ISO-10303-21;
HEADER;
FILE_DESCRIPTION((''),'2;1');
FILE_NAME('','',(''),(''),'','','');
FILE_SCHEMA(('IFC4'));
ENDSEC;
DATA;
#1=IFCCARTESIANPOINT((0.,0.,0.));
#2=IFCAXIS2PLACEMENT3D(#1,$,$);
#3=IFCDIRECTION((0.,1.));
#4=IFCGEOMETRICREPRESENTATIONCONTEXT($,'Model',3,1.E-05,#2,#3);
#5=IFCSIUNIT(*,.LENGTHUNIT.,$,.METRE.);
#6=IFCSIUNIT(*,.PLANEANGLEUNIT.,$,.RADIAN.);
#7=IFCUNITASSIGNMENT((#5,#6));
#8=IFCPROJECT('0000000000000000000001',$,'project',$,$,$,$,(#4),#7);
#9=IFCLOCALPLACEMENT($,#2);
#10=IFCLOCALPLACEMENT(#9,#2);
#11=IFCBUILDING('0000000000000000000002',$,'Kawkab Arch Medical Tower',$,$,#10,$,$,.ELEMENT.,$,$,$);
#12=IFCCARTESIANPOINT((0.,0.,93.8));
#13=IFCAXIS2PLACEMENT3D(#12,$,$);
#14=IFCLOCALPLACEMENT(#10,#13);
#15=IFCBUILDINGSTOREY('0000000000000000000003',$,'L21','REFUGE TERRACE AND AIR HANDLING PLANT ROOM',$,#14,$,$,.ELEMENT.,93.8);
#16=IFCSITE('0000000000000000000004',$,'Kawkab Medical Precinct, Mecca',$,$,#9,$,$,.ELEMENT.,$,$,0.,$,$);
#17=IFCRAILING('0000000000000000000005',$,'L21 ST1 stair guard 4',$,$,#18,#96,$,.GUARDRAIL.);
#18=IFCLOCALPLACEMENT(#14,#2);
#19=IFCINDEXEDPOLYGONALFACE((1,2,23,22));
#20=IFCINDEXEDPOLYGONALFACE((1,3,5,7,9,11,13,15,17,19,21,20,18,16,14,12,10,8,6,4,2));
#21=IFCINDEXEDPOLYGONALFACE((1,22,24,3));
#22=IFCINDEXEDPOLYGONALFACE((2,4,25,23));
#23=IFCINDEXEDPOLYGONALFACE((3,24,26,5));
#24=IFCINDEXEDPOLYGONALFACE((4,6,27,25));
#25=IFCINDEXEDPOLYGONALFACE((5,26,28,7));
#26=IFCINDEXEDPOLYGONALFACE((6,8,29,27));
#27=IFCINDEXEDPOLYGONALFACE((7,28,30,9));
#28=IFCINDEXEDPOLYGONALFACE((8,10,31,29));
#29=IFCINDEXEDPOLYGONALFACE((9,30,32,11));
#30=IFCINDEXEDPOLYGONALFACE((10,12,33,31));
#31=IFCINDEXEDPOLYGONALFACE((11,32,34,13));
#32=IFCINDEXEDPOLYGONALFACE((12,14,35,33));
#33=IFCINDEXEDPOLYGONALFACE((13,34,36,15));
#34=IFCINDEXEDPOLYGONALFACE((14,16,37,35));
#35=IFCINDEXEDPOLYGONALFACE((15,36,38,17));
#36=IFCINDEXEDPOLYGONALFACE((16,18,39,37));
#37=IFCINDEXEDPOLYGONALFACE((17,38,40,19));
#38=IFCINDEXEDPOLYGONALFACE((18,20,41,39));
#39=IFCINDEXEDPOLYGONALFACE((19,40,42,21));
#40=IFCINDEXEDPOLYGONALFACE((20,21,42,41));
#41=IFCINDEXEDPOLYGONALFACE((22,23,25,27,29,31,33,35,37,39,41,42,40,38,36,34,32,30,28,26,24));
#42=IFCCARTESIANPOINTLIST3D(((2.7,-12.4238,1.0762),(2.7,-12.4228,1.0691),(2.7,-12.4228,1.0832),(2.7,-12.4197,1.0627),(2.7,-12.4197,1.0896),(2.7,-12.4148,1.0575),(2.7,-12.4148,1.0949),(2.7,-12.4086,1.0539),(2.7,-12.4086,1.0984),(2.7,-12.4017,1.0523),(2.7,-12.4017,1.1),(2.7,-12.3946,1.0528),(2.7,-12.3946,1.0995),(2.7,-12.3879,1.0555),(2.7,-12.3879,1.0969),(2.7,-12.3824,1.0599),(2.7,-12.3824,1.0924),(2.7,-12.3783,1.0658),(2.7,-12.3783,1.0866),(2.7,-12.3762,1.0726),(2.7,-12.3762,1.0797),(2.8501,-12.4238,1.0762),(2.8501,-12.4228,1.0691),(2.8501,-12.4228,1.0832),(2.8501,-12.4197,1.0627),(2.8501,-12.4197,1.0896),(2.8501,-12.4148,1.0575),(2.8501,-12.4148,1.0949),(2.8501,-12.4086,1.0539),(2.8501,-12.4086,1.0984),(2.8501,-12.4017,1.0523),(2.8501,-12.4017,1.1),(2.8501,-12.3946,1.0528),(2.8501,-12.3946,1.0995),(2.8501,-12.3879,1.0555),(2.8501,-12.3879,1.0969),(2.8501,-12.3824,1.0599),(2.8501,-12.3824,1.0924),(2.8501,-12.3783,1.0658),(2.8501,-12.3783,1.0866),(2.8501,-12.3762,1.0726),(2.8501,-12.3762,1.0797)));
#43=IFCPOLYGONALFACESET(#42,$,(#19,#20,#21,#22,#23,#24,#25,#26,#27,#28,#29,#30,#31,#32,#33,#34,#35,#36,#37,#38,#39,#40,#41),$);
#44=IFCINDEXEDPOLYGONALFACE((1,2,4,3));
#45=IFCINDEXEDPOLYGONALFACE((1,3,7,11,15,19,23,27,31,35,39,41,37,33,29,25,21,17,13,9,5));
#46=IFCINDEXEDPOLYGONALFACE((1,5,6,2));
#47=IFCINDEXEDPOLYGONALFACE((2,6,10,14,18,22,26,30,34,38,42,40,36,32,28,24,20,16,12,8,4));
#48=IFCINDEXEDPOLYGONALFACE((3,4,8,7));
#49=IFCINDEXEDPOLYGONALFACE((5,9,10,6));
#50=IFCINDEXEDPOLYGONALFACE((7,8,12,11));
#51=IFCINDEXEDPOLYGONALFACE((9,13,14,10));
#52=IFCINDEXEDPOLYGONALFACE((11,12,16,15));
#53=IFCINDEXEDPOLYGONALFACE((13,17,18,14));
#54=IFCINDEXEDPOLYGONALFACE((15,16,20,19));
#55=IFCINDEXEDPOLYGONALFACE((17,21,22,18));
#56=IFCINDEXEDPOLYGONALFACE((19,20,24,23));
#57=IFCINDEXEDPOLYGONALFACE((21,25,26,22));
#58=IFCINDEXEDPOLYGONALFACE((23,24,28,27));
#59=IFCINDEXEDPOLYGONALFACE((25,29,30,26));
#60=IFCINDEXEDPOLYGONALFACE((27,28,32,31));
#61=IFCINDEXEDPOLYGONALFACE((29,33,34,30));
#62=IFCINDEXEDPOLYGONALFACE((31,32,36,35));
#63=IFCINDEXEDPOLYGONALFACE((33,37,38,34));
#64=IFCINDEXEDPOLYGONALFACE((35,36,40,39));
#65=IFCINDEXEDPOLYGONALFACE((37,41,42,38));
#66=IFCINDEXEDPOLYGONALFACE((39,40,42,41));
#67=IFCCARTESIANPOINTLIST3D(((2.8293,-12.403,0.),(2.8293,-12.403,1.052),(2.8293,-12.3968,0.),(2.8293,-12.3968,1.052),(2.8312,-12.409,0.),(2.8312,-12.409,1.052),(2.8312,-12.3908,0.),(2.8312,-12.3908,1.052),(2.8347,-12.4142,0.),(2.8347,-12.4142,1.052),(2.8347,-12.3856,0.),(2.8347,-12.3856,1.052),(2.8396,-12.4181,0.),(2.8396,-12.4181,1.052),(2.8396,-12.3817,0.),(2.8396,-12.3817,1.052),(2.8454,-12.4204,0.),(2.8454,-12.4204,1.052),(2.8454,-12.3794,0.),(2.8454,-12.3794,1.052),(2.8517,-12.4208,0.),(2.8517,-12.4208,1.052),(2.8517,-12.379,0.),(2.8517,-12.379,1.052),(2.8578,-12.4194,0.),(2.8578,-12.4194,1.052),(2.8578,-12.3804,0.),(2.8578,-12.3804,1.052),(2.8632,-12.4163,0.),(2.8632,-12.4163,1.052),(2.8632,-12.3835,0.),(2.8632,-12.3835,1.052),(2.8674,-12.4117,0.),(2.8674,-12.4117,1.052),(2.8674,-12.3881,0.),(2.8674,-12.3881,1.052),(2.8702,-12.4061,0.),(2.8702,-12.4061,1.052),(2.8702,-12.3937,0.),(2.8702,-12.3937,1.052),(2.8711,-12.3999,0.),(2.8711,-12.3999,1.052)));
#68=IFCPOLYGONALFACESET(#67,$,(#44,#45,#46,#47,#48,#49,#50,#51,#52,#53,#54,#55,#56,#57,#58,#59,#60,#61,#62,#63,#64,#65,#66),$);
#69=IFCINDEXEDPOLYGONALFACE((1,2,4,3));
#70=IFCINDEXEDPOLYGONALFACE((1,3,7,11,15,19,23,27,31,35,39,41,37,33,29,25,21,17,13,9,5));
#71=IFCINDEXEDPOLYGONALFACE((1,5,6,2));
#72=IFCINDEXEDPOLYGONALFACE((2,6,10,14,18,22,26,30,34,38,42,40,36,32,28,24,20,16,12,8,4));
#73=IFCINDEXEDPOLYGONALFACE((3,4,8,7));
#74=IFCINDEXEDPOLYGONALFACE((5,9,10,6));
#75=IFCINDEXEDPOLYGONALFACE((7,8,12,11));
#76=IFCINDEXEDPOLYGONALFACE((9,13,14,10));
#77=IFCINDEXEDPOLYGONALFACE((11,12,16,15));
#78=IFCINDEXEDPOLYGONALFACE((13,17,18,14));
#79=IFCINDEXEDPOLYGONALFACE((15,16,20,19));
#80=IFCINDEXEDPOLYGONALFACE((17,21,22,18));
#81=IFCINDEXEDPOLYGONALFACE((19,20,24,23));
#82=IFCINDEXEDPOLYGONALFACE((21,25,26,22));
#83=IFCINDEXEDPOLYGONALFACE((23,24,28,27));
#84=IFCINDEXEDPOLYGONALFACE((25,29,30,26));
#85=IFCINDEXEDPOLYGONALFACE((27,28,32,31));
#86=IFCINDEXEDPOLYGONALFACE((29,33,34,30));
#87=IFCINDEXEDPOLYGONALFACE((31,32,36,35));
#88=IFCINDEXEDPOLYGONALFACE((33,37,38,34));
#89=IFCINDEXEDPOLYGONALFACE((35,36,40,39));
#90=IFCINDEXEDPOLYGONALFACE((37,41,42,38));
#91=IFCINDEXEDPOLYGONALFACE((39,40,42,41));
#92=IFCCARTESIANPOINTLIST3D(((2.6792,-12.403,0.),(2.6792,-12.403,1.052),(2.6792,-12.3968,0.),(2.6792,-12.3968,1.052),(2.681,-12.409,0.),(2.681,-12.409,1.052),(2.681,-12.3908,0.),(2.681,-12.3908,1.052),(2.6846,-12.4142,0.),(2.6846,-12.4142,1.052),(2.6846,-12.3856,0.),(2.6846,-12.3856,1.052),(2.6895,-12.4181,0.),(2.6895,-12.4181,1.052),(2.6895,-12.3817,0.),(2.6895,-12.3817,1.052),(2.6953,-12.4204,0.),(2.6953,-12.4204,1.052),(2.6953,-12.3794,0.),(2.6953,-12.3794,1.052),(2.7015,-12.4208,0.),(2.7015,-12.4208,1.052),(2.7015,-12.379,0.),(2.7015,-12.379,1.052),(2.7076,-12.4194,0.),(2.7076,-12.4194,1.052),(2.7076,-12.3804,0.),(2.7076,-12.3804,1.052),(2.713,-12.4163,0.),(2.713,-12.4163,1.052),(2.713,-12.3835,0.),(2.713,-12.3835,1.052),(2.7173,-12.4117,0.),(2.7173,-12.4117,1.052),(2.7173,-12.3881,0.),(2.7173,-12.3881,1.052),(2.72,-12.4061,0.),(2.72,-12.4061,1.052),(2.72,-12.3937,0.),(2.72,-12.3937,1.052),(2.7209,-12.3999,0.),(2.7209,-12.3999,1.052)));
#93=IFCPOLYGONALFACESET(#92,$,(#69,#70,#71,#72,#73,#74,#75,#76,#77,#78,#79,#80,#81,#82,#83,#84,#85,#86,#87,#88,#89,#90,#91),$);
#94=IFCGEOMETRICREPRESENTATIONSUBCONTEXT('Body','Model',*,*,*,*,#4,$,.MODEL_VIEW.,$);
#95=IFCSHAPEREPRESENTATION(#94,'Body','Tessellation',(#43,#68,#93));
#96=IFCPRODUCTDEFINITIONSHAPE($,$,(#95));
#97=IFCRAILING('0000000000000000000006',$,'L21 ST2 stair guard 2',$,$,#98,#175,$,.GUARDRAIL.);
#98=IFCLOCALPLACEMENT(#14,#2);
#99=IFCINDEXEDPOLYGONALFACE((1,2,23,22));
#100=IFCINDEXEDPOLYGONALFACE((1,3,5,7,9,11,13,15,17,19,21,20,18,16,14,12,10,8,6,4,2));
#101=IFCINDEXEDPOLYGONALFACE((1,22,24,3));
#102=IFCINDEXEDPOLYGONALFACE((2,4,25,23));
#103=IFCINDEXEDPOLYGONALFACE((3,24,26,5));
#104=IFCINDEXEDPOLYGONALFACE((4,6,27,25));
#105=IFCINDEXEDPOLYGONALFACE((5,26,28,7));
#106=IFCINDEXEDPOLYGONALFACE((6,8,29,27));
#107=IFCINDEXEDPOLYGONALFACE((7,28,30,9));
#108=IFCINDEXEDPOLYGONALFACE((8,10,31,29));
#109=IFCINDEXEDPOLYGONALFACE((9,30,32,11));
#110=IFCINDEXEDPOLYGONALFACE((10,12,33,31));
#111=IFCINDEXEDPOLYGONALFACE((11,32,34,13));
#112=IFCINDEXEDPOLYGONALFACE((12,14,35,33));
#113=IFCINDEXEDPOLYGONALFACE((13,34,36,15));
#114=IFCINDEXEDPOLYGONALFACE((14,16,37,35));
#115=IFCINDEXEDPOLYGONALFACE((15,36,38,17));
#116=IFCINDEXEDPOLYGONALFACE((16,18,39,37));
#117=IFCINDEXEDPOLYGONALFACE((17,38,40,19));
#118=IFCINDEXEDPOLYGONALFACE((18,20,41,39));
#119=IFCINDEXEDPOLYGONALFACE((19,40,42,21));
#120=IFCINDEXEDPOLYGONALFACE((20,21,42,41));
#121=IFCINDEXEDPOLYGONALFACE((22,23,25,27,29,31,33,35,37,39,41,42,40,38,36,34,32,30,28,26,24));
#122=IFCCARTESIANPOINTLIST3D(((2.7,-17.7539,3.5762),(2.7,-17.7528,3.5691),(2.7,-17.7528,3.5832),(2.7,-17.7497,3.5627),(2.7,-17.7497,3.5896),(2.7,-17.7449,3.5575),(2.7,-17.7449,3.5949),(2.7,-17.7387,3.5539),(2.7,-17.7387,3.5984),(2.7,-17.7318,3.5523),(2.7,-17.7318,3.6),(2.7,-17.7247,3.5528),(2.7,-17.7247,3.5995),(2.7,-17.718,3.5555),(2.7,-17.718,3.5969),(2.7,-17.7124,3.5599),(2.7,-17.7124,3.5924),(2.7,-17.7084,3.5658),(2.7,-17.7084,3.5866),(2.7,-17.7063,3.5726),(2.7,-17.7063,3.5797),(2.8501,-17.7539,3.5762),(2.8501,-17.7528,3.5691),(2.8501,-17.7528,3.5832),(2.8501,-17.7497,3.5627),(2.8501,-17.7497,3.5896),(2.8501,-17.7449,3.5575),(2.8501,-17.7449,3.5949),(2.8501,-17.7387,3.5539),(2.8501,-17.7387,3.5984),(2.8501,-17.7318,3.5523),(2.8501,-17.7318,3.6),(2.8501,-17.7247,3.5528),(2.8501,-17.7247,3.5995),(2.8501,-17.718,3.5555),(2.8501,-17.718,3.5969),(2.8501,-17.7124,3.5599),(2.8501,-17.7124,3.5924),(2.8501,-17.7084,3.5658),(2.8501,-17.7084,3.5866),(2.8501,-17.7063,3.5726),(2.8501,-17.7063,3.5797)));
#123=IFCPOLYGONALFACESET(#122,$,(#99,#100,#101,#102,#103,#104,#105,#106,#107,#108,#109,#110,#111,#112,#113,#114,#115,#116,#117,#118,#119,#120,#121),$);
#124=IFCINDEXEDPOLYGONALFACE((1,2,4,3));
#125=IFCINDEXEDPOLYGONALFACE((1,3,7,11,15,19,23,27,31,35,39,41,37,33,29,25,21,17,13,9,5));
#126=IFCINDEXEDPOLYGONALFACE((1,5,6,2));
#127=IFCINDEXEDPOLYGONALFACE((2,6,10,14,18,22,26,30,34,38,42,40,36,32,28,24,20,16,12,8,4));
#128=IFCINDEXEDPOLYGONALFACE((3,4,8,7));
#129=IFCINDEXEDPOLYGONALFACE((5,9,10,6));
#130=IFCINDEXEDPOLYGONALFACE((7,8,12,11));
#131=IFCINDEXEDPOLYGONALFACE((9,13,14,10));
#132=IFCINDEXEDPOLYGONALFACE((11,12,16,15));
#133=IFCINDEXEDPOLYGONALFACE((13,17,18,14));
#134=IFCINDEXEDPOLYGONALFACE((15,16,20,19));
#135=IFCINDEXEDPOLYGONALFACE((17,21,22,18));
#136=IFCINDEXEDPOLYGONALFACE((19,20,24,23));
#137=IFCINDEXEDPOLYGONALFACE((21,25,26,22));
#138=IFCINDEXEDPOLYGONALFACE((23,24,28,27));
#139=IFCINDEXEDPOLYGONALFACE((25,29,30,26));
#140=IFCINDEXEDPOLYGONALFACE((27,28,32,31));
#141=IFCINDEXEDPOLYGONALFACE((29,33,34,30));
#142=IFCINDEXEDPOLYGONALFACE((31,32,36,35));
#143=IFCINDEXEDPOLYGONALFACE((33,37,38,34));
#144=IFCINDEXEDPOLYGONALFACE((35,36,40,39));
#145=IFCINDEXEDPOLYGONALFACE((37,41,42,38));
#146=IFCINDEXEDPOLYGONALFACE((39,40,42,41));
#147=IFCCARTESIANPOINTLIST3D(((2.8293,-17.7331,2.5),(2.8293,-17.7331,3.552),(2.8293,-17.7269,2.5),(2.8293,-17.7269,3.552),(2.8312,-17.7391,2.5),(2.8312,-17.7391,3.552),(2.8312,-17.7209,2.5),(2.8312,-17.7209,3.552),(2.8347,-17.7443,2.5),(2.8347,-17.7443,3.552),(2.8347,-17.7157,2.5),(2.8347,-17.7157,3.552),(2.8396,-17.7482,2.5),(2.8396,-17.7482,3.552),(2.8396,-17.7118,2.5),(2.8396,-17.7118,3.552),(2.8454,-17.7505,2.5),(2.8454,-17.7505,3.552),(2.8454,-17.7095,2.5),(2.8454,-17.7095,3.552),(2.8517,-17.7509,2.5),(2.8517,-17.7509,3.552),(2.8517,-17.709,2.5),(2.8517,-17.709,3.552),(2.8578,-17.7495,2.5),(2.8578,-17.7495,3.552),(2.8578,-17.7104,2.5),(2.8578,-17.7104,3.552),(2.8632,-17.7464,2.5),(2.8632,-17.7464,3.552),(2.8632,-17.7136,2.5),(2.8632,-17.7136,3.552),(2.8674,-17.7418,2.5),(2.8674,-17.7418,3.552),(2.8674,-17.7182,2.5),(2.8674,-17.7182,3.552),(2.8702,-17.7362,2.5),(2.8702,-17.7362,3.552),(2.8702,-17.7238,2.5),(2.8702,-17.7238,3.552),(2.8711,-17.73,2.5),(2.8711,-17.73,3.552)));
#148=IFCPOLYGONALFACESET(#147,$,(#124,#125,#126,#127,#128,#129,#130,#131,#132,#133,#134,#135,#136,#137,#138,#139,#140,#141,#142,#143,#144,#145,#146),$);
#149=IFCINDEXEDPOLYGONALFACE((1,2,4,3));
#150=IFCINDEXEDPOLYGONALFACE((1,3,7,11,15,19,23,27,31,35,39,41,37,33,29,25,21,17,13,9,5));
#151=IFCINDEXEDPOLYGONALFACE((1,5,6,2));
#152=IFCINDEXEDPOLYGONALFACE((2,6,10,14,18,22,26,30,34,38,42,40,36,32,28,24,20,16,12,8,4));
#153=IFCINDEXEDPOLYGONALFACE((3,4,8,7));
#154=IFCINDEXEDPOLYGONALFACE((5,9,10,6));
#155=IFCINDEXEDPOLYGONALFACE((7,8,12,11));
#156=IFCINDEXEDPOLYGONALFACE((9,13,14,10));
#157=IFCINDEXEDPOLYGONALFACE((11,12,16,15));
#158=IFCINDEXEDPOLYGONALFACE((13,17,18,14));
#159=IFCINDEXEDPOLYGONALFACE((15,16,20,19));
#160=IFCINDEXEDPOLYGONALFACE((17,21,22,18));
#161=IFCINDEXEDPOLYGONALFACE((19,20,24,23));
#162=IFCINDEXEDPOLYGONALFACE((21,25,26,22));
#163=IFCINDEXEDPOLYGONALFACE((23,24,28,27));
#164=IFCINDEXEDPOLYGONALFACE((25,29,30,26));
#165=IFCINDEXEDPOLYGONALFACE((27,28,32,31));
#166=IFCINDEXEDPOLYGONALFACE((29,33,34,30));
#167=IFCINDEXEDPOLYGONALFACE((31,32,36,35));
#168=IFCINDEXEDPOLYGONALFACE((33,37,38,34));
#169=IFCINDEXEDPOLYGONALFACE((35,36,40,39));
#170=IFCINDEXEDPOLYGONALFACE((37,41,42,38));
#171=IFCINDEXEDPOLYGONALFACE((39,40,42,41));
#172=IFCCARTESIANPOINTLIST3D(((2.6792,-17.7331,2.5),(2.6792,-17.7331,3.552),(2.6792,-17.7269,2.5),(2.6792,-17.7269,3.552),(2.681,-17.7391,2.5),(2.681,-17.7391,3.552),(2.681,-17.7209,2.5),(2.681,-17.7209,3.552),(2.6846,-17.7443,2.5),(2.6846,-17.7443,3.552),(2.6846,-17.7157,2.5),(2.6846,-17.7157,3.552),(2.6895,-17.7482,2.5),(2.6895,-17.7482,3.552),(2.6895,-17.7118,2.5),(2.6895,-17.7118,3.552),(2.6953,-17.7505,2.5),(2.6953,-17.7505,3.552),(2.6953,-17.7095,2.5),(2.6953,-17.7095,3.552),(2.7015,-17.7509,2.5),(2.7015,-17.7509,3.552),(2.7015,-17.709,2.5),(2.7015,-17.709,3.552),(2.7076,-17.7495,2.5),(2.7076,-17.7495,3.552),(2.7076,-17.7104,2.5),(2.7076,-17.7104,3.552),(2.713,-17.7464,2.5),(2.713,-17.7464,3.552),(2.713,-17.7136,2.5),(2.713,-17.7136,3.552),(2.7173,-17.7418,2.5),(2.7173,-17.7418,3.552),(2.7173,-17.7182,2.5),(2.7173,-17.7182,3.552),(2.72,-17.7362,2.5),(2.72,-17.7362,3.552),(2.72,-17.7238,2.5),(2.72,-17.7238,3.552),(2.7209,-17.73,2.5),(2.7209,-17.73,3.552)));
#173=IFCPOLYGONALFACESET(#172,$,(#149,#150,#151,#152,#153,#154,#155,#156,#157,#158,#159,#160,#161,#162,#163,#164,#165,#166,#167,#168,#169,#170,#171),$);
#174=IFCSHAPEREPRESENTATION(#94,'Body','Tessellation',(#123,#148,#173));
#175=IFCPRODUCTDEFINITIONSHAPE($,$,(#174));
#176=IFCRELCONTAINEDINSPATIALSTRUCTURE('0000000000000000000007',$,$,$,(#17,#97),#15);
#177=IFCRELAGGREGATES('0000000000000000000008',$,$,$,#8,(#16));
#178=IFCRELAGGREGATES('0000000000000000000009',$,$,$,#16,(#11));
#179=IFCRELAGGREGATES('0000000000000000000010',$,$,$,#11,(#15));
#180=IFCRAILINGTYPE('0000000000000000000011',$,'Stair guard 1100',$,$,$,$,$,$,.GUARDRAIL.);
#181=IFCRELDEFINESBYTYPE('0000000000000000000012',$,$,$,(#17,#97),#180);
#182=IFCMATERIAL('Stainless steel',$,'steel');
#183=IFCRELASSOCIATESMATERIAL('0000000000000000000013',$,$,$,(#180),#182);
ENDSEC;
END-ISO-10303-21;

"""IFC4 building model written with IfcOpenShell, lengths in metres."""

from ifc_helpers import new_model, si_unit, direction, frame, origin, origin_2d, place, context, subcontext, project, spatial, circle, extrude, material, type_object, element, save


model = new_model("IFC4")

# Units and contexts
model_context = context("Model", 3, precision=1e-05, world=origin(), true_north=direction((0.0, 1.0)))
body_context = subcontext(model_context, "Body", "Model", "MODEL_VIEW")
ifc_project = project(units=[si_unit("LENGTHUNIT", "METRE"), si_unit("PLANEANGLEUNIT", "RADIAN")], contexts=[model_context])

# Site, building, storey
site_placement = place(None, origin())
site = spatial("IfcSite", under=ifc_project, at=site_placement, Name="Kawkab Medical Precinct, Mecca", CompositionType="ELEMENT", RefElevation=0.0)
building_placement = place(site_placement, origin())
building = spatial("IfcBuilding", under=site, at=building_placement, Name="Kawkab Arch Medical Tower", CompositionType="ELEMENT")
storey_placement = place(building_placement, frame((0.0, 0.0, 93.8)))
storey = spatial("IfcBuildingStorey", under=building, at=storey_placement, Name="L21", Description="REFUGE TERRACE AND AIR HANDLING PLANT ROOM", CompositionType="ELEMENT", Elevation=93.8)

# Railings
ifc_material_1 = material(Name="Stainless steel", Category="steel")
railing_type_1 = type_object("IfcRailingType", Name="Stair guard 1100", PredefinedType="GUARDRAIL", material=ifc_material_1)
for number, where, name in (
    (1, (2.8501, -12.3999, 0.0), "L21 ST1 stair guard 4"),
    (2, (2.8501, -17.73, 2.5), "L21 ST2 stair guard 2"),
):
    element("IfcRailing", number, at=place(storey_placement, frame(where)), inside=storey, type_object=railing_type_1, Name=name, PredefinedType="GUARDRAIL", context=body_context, shape_type="SweptSolid", body=[
        extrude(circle(Radius=0.0239, at=origin_2d()), frame((0.0, 0.0, 1.0762), z_axis=(-1.0, 0.0, 0.0), x_axis=(0.0, -1.0, 0.0)), (0.0, 0.0, 1.0), 0.1501),
        extrude(circle(Radius=0.021, at=origin_2d()), origin(), (0.0, 0.0, 1.0), 1.052),
        extrude(circle(Radius=0.021, at=origin_2d()), frame((-0.1501, 0.0, 0.0)), (0.0, 0.0, 1.0), 1.052),
    ])

save(model, "model.ifc")
